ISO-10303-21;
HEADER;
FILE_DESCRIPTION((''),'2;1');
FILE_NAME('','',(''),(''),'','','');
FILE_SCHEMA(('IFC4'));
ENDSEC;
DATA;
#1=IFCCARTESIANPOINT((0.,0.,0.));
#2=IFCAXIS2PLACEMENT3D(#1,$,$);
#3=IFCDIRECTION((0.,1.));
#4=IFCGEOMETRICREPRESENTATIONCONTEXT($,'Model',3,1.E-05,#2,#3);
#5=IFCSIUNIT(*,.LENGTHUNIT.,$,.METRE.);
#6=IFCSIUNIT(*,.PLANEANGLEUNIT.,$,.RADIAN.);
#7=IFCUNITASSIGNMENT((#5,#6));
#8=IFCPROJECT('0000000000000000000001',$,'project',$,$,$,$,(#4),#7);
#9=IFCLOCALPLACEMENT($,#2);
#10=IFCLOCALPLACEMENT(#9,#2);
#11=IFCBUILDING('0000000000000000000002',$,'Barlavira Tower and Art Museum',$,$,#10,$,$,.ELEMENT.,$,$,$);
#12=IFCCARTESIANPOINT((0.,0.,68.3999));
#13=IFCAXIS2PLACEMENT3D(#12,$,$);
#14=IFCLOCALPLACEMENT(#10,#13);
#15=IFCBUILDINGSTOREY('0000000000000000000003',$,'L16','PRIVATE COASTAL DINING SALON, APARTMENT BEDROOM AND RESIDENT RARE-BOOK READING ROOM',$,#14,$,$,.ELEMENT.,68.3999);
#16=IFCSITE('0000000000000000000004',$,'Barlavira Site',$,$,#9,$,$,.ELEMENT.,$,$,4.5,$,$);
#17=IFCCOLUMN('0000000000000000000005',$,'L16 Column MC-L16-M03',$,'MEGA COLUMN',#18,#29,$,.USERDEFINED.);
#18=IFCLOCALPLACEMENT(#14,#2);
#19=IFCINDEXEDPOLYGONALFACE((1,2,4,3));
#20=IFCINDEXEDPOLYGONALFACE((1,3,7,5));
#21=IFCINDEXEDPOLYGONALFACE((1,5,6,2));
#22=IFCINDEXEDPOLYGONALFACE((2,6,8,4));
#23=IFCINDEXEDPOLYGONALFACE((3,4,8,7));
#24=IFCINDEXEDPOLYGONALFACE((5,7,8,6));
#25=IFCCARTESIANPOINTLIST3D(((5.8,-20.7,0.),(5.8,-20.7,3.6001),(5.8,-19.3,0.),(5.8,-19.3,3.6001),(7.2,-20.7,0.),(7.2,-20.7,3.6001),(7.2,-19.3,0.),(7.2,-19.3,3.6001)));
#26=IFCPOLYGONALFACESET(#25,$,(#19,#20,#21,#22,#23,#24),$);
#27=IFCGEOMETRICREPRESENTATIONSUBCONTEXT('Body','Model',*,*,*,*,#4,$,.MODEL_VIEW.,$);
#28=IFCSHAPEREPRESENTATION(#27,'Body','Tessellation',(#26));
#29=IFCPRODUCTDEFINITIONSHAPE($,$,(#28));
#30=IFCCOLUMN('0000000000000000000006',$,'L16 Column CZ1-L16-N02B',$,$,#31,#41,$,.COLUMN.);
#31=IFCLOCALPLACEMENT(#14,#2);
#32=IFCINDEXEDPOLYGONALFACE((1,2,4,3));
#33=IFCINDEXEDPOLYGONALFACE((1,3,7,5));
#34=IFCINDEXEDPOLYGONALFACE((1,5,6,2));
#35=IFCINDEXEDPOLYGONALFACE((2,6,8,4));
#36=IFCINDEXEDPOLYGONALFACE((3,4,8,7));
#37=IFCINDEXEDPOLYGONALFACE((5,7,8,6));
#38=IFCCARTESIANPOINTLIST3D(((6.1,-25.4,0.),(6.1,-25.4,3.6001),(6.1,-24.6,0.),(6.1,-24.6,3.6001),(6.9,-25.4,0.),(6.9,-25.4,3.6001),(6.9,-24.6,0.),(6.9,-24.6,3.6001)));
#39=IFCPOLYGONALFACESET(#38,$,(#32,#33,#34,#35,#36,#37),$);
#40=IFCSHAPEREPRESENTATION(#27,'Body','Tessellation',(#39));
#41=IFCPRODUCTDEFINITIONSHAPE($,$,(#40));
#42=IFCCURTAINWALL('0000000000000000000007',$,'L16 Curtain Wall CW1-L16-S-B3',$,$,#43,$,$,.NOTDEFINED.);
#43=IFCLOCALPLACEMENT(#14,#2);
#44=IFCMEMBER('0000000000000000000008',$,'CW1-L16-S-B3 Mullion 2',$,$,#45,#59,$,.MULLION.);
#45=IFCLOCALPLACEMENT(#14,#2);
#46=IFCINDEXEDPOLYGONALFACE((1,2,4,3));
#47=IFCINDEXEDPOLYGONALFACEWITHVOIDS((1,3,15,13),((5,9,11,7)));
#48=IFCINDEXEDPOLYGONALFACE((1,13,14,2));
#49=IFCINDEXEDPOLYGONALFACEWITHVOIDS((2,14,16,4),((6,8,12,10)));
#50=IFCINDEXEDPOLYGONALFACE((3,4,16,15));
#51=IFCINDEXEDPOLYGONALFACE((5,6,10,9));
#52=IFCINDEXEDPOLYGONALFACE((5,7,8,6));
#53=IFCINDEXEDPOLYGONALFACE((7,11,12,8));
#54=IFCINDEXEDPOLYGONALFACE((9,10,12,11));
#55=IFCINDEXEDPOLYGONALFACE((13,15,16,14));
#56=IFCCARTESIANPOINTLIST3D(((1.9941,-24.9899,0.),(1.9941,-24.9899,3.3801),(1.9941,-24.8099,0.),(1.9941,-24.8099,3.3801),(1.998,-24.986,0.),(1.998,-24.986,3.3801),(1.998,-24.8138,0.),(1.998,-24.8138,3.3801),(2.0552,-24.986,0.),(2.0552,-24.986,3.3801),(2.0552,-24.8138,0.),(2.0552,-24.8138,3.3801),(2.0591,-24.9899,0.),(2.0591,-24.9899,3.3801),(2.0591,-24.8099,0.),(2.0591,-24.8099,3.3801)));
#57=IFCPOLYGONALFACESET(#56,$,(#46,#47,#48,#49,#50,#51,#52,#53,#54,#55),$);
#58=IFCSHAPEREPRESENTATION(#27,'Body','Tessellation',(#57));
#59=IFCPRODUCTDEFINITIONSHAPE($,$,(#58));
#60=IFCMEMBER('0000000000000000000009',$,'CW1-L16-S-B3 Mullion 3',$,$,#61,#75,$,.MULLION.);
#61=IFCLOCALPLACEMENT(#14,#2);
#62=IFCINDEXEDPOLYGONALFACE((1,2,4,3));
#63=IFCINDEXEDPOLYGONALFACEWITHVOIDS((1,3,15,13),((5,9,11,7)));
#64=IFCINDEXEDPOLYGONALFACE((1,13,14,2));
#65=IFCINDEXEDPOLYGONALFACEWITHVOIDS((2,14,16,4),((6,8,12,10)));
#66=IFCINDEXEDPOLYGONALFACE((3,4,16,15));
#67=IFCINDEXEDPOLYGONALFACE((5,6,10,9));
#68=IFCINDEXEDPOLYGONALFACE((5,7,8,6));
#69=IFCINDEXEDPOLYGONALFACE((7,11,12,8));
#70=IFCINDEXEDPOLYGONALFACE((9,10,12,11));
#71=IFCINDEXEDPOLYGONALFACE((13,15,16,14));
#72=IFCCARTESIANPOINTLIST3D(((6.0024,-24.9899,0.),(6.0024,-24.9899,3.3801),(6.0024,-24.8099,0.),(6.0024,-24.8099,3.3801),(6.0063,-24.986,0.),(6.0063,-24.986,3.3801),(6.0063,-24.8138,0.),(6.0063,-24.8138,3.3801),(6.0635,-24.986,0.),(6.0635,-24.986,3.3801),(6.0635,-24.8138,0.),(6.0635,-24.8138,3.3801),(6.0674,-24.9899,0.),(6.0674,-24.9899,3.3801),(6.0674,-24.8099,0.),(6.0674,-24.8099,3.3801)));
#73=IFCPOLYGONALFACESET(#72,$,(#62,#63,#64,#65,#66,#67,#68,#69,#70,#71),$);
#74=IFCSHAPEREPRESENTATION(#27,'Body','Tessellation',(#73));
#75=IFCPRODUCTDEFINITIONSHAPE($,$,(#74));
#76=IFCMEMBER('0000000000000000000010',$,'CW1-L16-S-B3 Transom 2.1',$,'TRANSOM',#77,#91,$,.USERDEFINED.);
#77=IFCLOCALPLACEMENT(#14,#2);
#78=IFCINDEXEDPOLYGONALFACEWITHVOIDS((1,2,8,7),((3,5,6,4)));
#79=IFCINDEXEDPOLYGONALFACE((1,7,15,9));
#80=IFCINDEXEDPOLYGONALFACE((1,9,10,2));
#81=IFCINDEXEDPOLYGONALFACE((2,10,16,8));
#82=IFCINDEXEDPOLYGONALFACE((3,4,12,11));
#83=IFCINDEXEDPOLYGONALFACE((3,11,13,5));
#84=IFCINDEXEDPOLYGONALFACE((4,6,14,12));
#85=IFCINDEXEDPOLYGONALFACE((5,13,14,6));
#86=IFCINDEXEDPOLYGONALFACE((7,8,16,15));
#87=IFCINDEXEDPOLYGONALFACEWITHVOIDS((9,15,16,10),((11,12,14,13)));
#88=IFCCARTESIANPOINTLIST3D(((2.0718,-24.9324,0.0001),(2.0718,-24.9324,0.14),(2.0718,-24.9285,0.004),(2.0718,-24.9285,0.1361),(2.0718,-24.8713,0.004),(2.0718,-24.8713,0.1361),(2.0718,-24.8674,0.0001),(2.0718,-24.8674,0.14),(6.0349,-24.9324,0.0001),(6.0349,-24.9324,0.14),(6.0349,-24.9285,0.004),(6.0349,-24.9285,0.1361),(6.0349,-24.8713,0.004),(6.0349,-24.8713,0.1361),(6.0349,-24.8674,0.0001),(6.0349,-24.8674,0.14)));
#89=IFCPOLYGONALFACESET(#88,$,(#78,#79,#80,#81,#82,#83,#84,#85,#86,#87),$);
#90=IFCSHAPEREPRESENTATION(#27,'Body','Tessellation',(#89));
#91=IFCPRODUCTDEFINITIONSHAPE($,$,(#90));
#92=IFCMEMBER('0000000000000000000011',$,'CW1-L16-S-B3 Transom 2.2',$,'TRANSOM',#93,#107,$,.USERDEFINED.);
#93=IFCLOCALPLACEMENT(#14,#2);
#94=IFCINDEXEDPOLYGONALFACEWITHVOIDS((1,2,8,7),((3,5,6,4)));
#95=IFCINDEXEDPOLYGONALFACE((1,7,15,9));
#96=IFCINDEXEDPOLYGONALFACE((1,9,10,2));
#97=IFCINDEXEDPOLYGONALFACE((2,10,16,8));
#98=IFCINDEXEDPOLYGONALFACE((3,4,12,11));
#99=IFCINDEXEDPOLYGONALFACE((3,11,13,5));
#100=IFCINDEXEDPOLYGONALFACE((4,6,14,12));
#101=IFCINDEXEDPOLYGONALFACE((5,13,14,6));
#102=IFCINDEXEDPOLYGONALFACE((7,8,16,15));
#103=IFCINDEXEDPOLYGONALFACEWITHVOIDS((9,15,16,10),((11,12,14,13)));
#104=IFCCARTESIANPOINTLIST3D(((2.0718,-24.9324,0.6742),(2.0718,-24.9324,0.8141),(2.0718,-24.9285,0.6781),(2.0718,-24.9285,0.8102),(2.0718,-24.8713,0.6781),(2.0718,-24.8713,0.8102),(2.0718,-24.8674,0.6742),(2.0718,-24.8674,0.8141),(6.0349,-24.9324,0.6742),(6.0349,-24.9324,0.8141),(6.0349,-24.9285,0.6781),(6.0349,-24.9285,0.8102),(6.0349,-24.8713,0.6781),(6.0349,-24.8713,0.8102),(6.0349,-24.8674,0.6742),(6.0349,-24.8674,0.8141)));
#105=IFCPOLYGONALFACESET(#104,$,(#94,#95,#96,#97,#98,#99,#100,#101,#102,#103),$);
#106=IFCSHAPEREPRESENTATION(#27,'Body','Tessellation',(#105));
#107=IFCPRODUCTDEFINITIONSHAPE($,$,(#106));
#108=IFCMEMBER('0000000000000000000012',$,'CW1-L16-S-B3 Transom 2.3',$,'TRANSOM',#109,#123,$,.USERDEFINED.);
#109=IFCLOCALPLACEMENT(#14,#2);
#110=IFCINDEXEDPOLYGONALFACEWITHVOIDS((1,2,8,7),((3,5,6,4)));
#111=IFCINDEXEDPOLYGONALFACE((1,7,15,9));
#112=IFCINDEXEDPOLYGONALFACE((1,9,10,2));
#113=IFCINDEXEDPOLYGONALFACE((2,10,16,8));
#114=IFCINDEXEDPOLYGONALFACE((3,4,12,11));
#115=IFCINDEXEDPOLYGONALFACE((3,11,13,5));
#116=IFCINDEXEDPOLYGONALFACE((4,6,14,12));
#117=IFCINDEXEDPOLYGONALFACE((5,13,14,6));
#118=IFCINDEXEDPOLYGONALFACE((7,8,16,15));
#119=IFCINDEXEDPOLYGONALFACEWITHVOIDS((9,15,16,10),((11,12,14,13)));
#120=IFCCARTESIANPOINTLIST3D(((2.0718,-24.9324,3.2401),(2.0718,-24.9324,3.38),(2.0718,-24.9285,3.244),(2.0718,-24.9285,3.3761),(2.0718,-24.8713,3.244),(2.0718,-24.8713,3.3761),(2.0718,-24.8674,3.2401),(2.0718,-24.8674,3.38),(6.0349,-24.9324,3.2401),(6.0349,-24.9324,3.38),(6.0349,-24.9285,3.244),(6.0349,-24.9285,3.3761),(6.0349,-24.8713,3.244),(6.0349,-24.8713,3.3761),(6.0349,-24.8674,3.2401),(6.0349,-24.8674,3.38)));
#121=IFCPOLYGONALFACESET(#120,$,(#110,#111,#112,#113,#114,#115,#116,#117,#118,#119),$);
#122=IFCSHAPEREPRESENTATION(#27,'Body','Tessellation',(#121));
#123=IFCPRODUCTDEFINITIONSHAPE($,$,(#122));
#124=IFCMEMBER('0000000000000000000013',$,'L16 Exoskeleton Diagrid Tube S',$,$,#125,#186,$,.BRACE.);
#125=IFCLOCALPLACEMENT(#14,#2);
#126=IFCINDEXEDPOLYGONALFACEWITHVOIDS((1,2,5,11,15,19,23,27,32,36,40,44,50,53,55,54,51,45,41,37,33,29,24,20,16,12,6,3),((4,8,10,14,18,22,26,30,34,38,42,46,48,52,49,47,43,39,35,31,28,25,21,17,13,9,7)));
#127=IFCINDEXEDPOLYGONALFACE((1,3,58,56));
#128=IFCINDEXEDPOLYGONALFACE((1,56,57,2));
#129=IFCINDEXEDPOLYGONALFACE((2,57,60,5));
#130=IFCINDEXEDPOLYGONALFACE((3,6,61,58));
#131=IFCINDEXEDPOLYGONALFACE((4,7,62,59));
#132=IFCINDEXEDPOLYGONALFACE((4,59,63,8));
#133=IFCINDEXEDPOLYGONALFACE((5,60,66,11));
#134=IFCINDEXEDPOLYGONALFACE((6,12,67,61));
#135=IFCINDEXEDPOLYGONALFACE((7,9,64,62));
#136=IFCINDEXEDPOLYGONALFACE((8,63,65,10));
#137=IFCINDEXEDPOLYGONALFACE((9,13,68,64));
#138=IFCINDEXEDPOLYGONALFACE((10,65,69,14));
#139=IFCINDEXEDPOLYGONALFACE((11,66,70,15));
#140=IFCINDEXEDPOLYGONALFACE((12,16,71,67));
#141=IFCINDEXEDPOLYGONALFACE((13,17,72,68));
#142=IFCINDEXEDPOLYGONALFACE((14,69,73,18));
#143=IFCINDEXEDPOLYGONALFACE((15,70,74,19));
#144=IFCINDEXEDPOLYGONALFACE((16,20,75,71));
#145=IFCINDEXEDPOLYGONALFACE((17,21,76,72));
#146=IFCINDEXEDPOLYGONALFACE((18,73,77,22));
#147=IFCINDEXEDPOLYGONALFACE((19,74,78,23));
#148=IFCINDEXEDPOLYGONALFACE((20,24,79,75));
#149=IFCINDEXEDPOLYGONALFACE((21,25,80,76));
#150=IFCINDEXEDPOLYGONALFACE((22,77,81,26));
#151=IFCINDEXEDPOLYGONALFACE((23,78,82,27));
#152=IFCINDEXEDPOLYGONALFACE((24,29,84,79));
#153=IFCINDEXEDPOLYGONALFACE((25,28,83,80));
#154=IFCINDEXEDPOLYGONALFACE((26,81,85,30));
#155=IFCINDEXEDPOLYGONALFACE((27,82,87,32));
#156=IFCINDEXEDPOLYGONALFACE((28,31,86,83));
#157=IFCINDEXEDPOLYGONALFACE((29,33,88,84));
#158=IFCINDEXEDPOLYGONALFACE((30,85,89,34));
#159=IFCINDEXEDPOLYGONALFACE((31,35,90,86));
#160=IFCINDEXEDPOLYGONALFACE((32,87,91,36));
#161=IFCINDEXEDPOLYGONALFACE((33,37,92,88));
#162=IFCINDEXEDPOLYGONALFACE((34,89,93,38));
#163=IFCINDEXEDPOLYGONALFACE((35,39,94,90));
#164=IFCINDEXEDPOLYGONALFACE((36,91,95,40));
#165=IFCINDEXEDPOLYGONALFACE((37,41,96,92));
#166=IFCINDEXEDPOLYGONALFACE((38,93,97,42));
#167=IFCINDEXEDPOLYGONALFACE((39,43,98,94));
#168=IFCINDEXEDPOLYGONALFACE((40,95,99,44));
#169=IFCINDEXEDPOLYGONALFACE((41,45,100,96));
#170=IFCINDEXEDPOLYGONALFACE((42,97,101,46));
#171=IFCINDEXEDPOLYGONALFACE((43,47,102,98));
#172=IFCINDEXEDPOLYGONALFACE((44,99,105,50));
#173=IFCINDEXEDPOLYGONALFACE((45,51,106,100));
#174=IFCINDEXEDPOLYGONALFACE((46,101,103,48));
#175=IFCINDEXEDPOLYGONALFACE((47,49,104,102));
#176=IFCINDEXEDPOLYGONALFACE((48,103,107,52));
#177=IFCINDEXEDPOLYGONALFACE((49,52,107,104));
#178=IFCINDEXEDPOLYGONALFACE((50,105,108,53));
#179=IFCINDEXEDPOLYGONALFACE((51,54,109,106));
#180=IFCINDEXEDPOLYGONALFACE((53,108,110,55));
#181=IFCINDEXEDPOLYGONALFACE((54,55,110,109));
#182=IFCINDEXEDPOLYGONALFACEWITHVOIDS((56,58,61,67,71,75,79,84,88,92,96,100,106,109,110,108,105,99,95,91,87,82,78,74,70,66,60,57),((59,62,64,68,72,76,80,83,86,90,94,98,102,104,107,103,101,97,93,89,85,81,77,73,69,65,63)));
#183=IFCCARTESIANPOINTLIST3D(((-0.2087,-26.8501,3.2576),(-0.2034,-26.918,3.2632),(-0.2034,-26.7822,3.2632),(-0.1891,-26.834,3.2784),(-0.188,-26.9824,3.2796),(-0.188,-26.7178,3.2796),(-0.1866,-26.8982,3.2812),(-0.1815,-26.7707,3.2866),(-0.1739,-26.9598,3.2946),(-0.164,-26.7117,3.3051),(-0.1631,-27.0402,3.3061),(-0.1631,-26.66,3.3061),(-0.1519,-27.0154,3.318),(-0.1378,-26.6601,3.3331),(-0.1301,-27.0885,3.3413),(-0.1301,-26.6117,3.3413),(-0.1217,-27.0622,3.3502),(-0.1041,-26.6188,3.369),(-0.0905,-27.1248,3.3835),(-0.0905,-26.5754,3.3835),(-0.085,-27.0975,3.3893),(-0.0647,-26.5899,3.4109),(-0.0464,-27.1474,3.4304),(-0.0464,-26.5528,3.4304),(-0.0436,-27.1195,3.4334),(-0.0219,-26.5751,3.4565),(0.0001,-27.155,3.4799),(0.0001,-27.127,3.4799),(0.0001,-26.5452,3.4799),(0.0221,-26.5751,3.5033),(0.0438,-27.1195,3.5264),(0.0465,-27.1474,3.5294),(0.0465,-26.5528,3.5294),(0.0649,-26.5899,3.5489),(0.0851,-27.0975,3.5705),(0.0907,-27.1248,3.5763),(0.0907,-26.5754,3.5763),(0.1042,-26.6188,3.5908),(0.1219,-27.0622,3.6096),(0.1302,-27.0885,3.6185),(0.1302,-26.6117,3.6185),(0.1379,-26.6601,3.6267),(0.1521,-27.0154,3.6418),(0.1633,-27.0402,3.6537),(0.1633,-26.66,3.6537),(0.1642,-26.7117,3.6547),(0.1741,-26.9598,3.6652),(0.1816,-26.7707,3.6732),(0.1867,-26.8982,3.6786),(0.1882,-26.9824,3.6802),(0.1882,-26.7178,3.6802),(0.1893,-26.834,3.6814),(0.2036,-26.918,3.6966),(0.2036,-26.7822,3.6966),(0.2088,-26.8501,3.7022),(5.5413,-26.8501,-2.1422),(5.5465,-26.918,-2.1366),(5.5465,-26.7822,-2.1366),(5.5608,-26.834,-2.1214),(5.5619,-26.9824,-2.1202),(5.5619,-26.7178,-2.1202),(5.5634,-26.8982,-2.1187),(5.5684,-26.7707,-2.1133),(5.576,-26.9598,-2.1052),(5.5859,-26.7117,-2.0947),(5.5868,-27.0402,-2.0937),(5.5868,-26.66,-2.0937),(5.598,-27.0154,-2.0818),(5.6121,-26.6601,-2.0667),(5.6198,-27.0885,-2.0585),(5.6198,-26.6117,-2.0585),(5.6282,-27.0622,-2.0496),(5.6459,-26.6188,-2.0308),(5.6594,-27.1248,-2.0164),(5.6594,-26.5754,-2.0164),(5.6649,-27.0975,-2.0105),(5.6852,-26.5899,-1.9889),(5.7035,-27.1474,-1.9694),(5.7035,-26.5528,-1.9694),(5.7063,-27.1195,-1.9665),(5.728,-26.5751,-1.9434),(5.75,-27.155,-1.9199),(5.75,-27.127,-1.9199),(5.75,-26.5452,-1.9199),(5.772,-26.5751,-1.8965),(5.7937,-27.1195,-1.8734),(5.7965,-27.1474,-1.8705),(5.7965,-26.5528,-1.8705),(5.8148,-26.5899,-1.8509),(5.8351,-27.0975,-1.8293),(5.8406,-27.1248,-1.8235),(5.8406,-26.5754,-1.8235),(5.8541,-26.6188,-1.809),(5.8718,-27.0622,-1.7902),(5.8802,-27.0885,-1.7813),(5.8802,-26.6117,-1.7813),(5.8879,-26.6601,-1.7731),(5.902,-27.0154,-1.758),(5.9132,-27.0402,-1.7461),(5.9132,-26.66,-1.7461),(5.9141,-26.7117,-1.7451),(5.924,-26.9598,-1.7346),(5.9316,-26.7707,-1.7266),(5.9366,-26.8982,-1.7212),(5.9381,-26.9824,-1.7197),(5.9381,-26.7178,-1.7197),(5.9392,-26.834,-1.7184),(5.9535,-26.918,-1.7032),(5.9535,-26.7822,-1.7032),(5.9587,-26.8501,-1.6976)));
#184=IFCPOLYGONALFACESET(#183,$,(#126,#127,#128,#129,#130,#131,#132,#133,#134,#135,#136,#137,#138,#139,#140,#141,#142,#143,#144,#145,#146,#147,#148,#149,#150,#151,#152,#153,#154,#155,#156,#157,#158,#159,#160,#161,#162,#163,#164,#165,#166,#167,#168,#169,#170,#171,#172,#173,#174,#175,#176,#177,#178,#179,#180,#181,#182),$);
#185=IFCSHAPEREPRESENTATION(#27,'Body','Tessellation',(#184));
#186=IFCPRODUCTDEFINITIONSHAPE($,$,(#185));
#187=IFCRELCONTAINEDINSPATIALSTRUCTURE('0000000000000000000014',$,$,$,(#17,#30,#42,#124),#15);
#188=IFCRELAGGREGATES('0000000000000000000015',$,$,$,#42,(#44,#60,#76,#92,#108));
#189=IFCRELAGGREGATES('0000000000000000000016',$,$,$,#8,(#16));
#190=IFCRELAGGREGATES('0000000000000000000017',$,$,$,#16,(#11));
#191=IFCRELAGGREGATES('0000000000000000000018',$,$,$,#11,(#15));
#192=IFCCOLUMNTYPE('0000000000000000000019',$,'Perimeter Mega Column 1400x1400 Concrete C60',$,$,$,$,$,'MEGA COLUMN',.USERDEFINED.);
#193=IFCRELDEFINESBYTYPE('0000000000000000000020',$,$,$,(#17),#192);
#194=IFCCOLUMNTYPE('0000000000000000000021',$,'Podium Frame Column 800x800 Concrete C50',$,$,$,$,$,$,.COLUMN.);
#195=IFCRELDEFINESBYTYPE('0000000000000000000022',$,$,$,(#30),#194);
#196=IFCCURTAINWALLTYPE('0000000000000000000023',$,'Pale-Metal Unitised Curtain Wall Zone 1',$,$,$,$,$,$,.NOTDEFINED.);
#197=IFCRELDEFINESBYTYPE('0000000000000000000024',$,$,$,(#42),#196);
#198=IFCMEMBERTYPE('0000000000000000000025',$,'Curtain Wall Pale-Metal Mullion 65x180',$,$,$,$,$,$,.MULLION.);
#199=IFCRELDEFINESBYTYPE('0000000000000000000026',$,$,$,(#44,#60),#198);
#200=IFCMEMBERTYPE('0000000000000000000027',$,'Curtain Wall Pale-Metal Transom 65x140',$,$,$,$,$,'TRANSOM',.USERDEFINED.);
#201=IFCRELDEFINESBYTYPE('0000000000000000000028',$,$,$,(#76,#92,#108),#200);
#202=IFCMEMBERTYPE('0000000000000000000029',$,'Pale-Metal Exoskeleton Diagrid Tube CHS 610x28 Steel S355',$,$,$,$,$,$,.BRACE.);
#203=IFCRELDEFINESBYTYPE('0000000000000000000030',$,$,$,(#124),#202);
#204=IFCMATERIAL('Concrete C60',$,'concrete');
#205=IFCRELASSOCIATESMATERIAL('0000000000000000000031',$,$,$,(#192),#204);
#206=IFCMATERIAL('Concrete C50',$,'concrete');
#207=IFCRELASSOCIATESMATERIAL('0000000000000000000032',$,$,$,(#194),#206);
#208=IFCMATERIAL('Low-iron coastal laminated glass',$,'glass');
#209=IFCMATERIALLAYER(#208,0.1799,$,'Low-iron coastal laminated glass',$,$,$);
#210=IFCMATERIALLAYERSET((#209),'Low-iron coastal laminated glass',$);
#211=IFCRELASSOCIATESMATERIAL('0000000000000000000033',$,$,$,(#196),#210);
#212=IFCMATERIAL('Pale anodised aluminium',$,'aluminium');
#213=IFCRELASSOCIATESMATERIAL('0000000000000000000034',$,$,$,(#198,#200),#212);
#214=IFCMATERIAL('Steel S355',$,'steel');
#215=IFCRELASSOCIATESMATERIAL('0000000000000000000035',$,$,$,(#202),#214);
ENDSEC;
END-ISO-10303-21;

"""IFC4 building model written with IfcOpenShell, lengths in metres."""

from ifc_helpers import new_model, si_unit, direction, frame, origin, origin_2d, place, context, subcontext, project, spatial, rectangle, hollow_rectangle, hollow_circle, extrude, material, layer, layer_set, material_profile, profile_set, type_object, element, aggregate, save


model = new_model("IFC4")

# Units and contexts
model_context = context("Model", 3, precision=1e-05, world=origin(), true_north=direction((0.0, 1.0)))
body_context = subcontext(model_context, "Body", "Model", "MODEL_VIEW")
ifc_project = project(units=[si_unit("LENGTHUNIT", "METRE"), si_unit("PLANEANGLEUNIT", "RADIAN")], contexts=[model_context])

# Site, building, storey
site_placement = place(None, origin())
site = spatial("IfcSite", under=ifc_project, at=site_placement, Name="Barlavira Site", CompositionType="ELEMENT", RefElevation=4.5)
building_placement = place(site_placement, origin())
building = spatial("IfcBuilding", under=site, at=building_placement, Name="Barlavira Tower and Art Museum", CompositionType="ELEMENT")
storey_placement = place(building_placement, frame((0.0, 0.0, 68.3999)))
storey = spatial("IfcBuildingStorey", under=building, at=storey_placement, Name="L16", Description="PRIVATE COASTAL DINING SALON, APARTMENT BEDROOM AND RESIDENT RARE-BOOK READING ROOM", CompositionType="ELEMENT", Elevation=68.3999)

# Columns
ifc_material_1 = material(Name="Concrete C60", Category="concrete")
ifc_material_profile_1 = material_profile(ifc_material_1, rectangle(XDim=1.3999, YDim=1.3999, at=origin_2d()), Name="RC-MCOL 1400x1400")
ifc_profile_set_1 = profile_set([ifc_material_profile_1], Name="Concrete C60")
column_type_1 = type_object("IfcColumnType", Name="Perimeter Mega Column 1400x1400 Concrete C60", ElementType="MEGA COLUMN", PredefinedType="USERDEFINED", material=ifc_profile_set_1)
column_1_placement = place(storey_placement, frame((6.5, -20.0, 0.0), z_axis=(0.0, 0.0, 1.0), x_axis=(1.0, 0.0, 0.0)))
element("IfcColumn", 1, at=column_1_placement, inside=storey, type_object=column_type_1, Name="L16 Column MC-L16-M03", ObjectType="MEGA COLUMN", PredefinedType="USERDEFINED", context=body_context, shape_type="SweptSolid", body=[
    extrude(rectangle(XDim=1.3999, YDim=1.3999, at=origin_2d()), origin(), (0.0, 0.0, 1.0), 3.6001),
])
ifc_material_2 = material(Name="Concrete C50", Category="concrete")
ifc_material_profile_2 = material_profile(ifc_material_2, rectangle(XDim=0.8, YDim=0.8, at=origin_2d()), Name="RC-COL 800x800")
ifc_profile_set_2 = profile_set([ifc_material_profile_2], Name="Concrete C50")
column_type_2 = type_object("IfcColumnType", Name="Podium Frame Column 800x800 Concrete C50", PredefinedType="COLUMN", material=ifc_profile_set_2)
column_2_placement = place(storey_placement, frame((6.5, -25.0, 0.0), z_axis=(0.0, 0.0, 1.0), x_axis=(1.0, 0.0, 0.0)))
element("IfcColumn", 2, at=column_2_placement, inside=storey, type_object=column_type_2, Name="L16 Column CZ1-L16-N02B", PredefinedType="COLUMN", context=body_context, shape_type="SweptSolid", body=[
    extrude(rectangle(XDim=0.8, YDim=0.8, at=origin_2d()), origin(), (0.0, 0.0, 1.0), 3.6001),
])

# Curtain wall, members
ifc_material_3 = material(Name="Low-iron coastal laminated glass", Category="glass")
ifc_layer_1 = layer(ifc_material_3, 0.1799, Name="Low-iron coastal laminated glass")
ifc_layer_set_1 = layer_set([ifc_layer_1], Name="Low-iron coastal laminated glass")
curtain_wall_type = type_object("IfcCurtainWallType", Name="Pale-Metal Unitised Curtain Wall Zone 1", PredefinedType="NOTDEFINED", material=ifc_layer_set_1)
curtain_wall_placement = place(storey_placement, origin())
curtain_wall = element("IfcCurtainWall", 3, at=curtain_wall_placement, inside=storey, type_object=curtain_wall_type, Name="L16 Curtain Wall CW1-L16-S-B3", PredefinedType="NOTDEFINED")
ifc_material_4 = material(Name="Pale anodised aluminium", Category="aluminium")
ifc_material_profile_3 = material_profile(ifc_material_4, hollow_rectangle(XDim=0.0649, YDim=0.1799, WallThickness=0.0039, at=origin_2d()), Name="ALU-MULL 65x180x4")
ifc_profile_set_3 = profile_set([ifc_material_profile_3], Name="Pale anodised aluminium")
member_type_1 = type_object("IfcMemberType", Name="Curtain Wall Pale-Metal Mullion 65x180", PredefinedType="MULLION", material=ifc_profile_set_3)
member_1_placement = place(storey_placement, frame((2.0266, -24.8999, 0.0), z_axis=(0.0, 0.0, 1.0), x_axis=(1.0, 0.0, 0.0)))
member_1 = element("IfcMember", 4, at=member_1_placement, type_object=member_type_1, Name="CW1-L16-S-B3 Mullion 2", PredefinedType="MULLION", context=body_context, shape_type="SweptSolid", body=[
    extrude(hollow_rectangle(XDim=0.0649, YDim=0.1799, WallThickness=0.0039, at=origin_2d()), origin(), (0.0, 0.0, 1.0), 3.3801),
])
member_2_placement = place(storey_placement, frame((6.0349, -24.8999, 0.0), z_axis=(0.0, 0.0, 1.0), x_axis=(1.0, 0.0, 0.0)))
member_2 = element("IfcMember", 5, at=member_2_placement, type_object=member_type_1, Name="CW1-L16-S-B3 Mullion 3", PredefinedType="MULLION", context=body_context, shape_type="SweptSolid", body=[
    extrude(hollow_rectangle(XDim=0.0649, YDim=0.1799, WallThickness=0.0039, at=origin_2d()), origin(), (0.0, 0.0, 1.0), 3.3801),
])
ifc_material_profile_4 = material_profile(ifc_material_4, hollow_rectangle(XDim=0.0649, YDim=0.1399, WallThickness=0.0039, at=origin_2d()), Name="ALU-TRAN 65x140x4")
ifc_profile_set_4 = profile_set([ifc_material_profile_4], Name="Pale anodised aluminium")
member_type_2 = type_object("IfcMemberType", Name="Curtain Wall Pale-Metal Transom 65x140", ElementType="TRANSOM", PredefinedType="USERDEFINED", material=ifc_profile_set_4)
member_3_placement = place(storey_placement, frame((2.0718, -24.8999, 0.0701), z_axis=(1.0, 0.0, 0.0), x_axis=(0.0, 1.0, 0.0)))
member_3 = element("IfcMember", 6, at=member_3_placement, type_object=member_type_2, Name="CW1-L16-S-B3 Transom 2.1", ObjectType="TRANSOM", PredefinedType="USERDEFINED", context=body_context, shape_type="SweptSolid", body=[
    extrude(hollow_rectangle(XDim=0.0649, YDim=0.1399, WallThickness=0.0039, at=origin_2d()), origin(), (0.0, 0.0, 1.0), 3.9631),
])
member_4_placement = place(storey_placement, frame((2.0718, -24.8999, 0.7441), z_axis=(1.0, 0.0, 0.0), x_axis=(0.0, 1.0, 0.0)))
member_4 = element("IfcMember", 7, at=member_4_placement, type_object=member_type_2, Name="CW1-L16-S-B3 Transom 2.2", ObjectType="TRANSOM", PredefinedType="USERDEFINED", context=body_context, shape_type="SweptSolid", body=[
    extrude(hollow_rectangle(XDim=0.0649, YDim=0.1399, WallThickness=0.0039, at=origin_2d()), origin(), (0.0, 0.0, 1.0), 3.9631),
])
member_5_placement = place(storey_placement, frame((2.0718, -24.8999, 3.3101), z_axis=(1.0, 0.0, 0.0), x_axis=(0.0, 1.0, 0.0)))
member_5 = element("IfcMember", 8, at=member_5_placement, type_object=member_type_2, Name="CW1-L16-S-B3 Transom 2.3", ObjectType="TRANSOM", PredefinedType="USERDEFINED", context=body_context, shape_type="SweptSolid", body=[
    extrude(hollow_rectangle(XDim=0.0649, YDim=0.1399, WallThickness=0.0039, at=origin_2d()), origin(), (0.0, 0.0, 1.0), 3.9631),
])

# Member
ifc_material_5 = material(Name="Steel S355", Category="steel")
ifc_material_profile_5 = material_profile(ifc_material_5, hollow_circle(Radius=0.3049, WallThickness=0.0281, at=origin_2d()), Name="CHS 610.0x28.0")
ifc_profile_set_5 = profile_set([ifc_material_profile_5], Name="Steel S355")
member_type_3 = type_object("IfcMemberType", Name="Pale-Metal Exoskeleton Diagrid Tube CHS 610x28 Steel S355", PredefinedType="BRACE", material=ifc_profile_set_5)
for number, where, z_axis, x_axis, name in (
    (9, (5.75, -26.8501, -1.9199), (-0.72895, 0.0, 0.684567), (0.0, -1.0, 0.0), "L16 Exoskeleton Diagrid Tube S"),
):
    element("IfcMember", number, at=place(storey_placement, frame(where, z_axis=z_axis, x_axis=x_axis)), inside=storey, type_object=member_type_3, Name=name, PredefinedType="BRACE", context=body_context, shape_type="SweptSolid", body=[
        extrude(hollow_circle(Radius=0.3049, WallThickness=0.0281, at=origin_2d()), origin(), (0.0, 0.0, 1.0), 7.8879),
    ])

aggregate(curtain_wall, [member_1, member_2, member_3, member_4, member_5])

save(model, "model.ifc")
